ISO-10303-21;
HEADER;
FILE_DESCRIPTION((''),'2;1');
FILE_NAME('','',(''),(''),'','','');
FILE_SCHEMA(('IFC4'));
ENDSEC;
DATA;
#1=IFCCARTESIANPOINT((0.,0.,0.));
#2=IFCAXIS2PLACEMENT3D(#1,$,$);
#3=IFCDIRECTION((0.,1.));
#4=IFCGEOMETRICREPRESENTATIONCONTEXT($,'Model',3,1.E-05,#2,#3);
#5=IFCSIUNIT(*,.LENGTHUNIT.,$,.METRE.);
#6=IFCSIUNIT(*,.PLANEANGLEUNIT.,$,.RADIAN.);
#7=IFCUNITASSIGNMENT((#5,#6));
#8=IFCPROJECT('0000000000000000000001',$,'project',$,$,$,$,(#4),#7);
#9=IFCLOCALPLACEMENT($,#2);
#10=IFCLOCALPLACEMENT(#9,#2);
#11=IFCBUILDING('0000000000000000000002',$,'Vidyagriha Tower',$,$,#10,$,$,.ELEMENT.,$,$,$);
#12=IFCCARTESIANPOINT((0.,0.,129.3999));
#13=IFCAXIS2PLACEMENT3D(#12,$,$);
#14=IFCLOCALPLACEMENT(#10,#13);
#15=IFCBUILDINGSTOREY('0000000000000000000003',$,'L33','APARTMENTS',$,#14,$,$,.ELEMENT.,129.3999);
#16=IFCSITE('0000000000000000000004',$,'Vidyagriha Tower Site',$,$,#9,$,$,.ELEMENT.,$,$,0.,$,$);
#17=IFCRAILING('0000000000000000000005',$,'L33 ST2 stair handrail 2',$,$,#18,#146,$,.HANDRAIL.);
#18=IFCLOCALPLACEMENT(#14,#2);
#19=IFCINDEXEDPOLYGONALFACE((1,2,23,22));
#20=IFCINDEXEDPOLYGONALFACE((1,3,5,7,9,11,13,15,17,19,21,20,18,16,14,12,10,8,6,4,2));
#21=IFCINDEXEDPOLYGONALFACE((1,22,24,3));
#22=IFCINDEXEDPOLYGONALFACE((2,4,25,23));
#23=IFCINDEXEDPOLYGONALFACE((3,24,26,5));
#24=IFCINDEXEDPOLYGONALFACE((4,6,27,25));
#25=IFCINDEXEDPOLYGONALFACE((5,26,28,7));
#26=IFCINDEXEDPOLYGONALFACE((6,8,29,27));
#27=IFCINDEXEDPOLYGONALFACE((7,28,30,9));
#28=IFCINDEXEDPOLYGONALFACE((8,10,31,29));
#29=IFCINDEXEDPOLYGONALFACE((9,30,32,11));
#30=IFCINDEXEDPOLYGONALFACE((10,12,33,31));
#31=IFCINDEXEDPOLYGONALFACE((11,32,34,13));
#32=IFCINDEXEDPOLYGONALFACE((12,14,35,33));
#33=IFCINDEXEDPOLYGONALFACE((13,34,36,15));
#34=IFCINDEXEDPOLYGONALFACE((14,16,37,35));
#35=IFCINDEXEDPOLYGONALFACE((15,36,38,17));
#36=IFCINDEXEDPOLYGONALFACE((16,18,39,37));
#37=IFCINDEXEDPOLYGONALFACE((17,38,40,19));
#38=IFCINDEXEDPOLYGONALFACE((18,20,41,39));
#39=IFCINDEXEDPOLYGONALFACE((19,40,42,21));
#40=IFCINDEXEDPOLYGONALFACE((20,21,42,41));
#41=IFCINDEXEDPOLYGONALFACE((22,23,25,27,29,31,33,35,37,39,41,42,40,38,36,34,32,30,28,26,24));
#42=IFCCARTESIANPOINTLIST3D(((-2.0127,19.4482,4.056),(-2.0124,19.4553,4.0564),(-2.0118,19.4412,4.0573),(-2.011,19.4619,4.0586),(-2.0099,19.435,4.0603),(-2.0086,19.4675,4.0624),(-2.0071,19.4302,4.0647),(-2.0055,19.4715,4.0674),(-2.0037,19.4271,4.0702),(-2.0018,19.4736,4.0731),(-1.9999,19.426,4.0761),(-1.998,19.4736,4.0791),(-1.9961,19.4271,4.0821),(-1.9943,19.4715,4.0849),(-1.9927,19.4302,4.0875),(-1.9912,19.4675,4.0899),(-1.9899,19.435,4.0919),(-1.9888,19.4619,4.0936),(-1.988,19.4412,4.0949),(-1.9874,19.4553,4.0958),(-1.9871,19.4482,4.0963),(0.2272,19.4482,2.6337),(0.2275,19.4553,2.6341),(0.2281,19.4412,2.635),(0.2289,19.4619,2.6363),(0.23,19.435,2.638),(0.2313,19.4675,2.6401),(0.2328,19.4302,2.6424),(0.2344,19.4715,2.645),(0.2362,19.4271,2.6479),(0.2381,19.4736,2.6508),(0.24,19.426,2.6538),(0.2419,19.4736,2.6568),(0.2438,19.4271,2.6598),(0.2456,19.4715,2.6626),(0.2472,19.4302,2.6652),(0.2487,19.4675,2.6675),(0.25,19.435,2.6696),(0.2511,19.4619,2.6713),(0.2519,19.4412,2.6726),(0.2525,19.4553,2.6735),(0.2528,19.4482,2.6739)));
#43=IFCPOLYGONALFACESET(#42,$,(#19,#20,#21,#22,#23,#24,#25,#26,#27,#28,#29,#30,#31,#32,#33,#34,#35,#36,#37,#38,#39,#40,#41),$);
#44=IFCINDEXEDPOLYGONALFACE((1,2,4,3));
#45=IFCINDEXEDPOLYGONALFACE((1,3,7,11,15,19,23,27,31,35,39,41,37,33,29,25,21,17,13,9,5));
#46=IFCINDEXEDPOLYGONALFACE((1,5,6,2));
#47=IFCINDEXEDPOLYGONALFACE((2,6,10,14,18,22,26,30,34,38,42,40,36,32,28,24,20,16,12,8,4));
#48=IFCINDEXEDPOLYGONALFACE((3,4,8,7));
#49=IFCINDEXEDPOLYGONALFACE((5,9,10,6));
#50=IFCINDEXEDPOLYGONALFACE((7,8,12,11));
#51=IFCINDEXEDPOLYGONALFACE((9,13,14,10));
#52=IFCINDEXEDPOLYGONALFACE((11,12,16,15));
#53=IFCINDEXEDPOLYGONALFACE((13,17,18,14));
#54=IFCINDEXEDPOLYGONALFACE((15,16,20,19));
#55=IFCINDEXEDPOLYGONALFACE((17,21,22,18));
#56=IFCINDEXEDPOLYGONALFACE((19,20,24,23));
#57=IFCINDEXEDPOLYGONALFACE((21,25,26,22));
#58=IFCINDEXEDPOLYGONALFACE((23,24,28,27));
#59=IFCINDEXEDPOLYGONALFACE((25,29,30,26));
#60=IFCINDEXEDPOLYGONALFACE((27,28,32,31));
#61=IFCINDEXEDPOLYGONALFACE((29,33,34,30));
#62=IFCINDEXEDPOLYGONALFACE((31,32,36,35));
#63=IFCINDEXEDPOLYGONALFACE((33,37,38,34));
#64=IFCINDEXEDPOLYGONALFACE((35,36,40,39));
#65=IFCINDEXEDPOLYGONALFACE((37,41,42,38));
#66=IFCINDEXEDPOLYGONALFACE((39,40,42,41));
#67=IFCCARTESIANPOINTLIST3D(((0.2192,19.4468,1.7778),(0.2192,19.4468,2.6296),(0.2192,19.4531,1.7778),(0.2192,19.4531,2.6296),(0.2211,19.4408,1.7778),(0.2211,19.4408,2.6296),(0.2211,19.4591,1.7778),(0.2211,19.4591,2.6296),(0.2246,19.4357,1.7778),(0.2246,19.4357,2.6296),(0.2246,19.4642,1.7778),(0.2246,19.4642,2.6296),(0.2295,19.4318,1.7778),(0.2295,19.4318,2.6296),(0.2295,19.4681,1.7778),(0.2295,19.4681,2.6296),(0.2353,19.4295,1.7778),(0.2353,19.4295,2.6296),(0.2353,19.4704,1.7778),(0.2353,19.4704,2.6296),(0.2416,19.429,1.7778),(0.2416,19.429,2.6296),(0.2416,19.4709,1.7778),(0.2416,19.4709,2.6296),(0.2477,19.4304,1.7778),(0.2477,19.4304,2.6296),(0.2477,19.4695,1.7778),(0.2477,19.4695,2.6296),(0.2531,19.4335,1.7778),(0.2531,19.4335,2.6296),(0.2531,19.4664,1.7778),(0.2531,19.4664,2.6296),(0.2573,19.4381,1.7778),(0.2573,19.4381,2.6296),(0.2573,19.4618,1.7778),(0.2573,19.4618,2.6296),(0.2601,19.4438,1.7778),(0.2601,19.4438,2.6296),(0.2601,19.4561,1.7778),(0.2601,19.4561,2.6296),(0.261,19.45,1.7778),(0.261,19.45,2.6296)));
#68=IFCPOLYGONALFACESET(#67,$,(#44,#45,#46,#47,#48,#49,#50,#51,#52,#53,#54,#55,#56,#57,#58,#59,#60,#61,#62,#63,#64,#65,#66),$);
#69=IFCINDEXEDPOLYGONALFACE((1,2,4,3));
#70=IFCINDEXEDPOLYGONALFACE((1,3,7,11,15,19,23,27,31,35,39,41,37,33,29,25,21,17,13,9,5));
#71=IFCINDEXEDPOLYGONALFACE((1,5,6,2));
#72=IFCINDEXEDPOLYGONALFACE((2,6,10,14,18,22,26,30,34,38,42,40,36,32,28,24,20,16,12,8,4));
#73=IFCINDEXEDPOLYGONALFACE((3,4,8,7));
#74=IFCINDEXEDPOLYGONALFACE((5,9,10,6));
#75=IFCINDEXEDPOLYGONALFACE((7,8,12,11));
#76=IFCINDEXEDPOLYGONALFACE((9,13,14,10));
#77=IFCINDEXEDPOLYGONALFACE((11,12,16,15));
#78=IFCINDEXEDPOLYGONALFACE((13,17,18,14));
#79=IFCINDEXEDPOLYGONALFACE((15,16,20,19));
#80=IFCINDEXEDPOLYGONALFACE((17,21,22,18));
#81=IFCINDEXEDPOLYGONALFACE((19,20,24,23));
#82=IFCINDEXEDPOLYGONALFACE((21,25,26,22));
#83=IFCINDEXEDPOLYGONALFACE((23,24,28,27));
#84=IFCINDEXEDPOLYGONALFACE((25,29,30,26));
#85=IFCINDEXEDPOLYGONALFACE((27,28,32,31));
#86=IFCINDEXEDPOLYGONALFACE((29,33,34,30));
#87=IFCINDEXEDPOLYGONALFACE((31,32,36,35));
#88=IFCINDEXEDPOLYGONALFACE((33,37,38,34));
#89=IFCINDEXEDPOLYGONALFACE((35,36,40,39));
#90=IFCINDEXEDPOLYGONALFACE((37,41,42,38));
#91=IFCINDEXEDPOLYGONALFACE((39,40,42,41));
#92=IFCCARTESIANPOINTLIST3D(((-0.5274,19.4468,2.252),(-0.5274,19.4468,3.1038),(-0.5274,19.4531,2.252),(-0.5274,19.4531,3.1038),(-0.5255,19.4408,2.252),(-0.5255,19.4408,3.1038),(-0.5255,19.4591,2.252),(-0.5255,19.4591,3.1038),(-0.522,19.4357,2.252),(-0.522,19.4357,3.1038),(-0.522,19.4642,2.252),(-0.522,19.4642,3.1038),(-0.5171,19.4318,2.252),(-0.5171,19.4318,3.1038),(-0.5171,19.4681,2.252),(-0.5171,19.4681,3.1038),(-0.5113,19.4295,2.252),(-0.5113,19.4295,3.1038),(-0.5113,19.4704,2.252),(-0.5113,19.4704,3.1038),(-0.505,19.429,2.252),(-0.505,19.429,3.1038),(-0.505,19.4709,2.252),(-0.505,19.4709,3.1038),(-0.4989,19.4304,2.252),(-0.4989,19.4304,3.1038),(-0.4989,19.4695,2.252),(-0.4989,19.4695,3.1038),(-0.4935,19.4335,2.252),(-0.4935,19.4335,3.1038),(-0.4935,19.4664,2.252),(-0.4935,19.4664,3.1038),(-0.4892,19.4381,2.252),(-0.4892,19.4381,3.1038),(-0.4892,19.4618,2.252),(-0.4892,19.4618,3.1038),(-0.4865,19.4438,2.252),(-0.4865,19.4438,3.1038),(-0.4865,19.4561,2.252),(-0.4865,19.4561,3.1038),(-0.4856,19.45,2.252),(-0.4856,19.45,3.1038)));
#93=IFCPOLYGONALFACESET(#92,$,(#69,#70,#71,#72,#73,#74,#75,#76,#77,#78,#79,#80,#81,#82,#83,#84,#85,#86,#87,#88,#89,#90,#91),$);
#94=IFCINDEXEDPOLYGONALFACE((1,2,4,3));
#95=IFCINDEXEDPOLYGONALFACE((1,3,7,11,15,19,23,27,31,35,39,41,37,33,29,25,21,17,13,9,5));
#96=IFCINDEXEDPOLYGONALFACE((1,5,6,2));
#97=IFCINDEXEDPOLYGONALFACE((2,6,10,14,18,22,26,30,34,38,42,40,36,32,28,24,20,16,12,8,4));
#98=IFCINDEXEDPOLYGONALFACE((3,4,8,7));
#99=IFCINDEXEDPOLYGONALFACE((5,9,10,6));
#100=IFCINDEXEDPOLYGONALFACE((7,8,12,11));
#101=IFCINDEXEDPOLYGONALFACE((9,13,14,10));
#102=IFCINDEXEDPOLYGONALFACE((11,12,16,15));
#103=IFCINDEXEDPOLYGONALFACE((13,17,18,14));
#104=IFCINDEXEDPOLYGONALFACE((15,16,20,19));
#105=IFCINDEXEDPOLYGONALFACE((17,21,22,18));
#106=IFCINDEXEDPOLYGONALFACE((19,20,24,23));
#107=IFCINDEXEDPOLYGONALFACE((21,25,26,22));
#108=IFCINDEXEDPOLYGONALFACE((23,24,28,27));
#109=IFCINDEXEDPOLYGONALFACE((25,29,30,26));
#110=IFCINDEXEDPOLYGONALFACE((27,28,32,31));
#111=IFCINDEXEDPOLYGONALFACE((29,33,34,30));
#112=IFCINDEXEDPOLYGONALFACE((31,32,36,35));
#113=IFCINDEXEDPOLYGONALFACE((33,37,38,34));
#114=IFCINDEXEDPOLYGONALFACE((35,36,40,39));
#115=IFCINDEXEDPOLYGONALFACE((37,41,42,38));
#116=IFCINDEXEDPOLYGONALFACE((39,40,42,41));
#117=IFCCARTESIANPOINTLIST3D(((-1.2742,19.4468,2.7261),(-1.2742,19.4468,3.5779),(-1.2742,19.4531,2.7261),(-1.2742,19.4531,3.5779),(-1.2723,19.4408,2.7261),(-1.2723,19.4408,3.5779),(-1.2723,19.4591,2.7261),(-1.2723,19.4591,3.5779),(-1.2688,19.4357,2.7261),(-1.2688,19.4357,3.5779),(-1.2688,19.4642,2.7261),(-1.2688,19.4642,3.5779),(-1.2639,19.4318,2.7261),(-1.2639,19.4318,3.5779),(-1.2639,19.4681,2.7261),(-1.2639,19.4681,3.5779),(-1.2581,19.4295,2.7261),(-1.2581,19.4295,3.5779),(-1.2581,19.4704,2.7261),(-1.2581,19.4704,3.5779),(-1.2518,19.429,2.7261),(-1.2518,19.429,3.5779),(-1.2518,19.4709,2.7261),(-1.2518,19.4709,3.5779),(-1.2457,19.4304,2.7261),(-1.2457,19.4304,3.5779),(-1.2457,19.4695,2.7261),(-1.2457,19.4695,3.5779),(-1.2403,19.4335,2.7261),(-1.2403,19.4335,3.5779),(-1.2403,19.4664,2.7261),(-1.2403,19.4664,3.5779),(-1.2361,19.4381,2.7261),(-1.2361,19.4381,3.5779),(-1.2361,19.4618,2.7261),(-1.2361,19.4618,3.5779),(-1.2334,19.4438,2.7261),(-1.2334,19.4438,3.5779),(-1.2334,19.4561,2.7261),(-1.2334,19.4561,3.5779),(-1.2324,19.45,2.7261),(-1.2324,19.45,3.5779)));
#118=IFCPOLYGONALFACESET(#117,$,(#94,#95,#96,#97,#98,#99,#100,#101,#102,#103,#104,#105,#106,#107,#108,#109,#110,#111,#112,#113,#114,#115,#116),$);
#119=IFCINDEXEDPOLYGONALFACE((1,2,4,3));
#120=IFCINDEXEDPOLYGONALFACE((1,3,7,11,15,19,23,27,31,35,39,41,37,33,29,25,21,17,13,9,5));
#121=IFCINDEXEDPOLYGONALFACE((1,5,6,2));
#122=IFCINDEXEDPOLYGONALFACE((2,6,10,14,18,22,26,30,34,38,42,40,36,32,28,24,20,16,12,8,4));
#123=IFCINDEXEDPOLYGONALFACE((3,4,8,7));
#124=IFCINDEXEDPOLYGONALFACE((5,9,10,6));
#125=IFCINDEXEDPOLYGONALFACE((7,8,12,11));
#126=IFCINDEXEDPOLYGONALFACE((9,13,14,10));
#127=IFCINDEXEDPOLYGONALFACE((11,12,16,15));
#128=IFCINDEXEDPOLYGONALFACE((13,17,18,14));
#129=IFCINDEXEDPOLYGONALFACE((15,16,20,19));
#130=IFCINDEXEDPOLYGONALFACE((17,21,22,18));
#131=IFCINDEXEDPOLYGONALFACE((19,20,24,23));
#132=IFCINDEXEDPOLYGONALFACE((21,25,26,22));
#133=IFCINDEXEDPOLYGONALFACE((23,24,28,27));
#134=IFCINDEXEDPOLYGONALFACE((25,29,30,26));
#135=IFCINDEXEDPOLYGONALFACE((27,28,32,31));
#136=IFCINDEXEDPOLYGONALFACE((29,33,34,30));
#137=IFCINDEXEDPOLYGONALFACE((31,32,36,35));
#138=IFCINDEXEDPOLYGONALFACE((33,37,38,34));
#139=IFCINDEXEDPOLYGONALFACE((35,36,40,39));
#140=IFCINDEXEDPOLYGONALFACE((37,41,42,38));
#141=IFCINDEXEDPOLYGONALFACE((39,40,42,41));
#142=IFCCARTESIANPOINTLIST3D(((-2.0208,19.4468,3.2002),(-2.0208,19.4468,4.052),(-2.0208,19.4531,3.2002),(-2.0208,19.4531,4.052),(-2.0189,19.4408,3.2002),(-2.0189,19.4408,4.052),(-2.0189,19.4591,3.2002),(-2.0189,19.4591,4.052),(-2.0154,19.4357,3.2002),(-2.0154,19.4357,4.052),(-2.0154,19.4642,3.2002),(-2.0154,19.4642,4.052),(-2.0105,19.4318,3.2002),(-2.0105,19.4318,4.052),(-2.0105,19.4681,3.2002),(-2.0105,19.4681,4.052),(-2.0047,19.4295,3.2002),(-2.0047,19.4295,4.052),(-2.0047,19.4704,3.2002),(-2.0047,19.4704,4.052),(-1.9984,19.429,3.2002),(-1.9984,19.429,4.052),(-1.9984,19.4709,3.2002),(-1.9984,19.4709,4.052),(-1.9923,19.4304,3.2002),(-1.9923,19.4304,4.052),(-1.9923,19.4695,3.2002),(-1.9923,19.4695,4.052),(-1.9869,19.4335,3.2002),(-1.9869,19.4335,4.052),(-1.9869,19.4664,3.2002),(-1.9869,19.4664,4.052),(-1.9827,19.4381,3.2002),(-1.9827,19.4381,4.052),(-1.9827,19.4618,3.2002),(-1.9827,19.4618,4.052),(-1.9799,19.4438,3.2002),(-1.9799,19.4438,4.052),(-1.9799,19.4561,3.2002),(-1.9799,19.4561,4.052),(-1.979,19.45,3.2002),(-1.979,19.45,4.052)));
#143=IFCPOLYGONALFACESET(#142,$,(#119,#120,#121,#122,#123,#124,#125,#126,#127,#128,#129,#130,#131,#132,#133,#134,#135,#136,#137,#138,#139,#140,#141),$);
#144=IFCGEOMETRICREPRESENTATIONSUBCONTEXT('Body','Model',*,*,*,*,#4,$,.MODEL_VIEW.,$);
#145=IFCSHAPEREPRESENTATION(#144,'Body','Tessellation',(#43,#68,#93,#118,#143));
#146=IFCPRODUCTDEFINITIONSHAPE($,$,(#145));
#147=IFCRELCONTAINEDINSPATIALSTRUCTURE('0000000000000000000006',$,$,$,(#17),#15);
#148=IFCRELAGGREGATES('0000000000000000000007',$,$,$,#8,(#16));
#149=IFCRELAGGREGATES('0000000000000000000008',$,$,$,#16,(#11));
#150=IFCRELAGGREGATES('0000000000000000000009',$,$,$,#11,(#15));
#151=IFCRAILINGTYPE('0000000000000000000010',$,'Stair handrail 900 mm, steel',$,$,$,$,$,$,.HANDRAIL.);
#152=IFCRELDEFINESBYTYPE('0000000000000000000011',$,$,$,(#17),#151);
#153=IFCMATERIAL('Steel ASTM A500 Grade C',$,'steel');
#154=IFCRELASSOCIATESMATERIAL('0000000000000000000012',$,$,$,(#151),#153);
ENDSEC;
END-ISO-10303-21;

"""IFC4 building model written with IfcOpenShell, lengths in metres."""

from ifc_helpers import new_model, si_unit, direction, frame, origin, origin_2d, place, context, subcontext, project, spatial, circle, extrude, material, type_object, element, save


model = new_model("IFC4")

# Units and contexts
model_context = context("Model", 3, precision=1e-05, world=origin(), true_north=direction((0.0, 1.0)))
body_context = subcontext(model_context, "Body", "Model", "MODEL_VIEW")
ifc_project = project(units=[si_unit("LENGTHUNIT", "METRE"), si_unit("PLANEANGLEUNIT", "RADIAN")], contexts=[model_context])

# Site, building, storey
site_placement = place(None, origin())
site = spatial("IfcSite", under=ifc_project, at=site_placement, Name="Vidyagriha Tower Site", CompositionType="ELEMENT", RefElevation=0.0)
building_placement = place(site_placement, origin())
building = spatial("IfcBuilding", under=site, at=building_placement, Name="Vidyagriha Tower", CompositionType="ELEMENT")
storey_placement = place(building_placement, frame((0.0, 0.0, 129.3999)))
storey = spatial("IfcBuildingStorey", under=building, at=storey_placement, Name="L33", Description="APARTMENTS", CompositionType="ELEMENT", Elevation=129.3999)

# Railing
ifc_material_1 = material(Name="Steel ASTM A500 Grade C", Category="steel")
railing_type_1 = type_object("IfcRailingType", Name="Stair handrail 900 mm, steel", PredefinedType="HANDRAIL", material=ifc_material_1)
railing_1_placement = place(storey_placement, frame((0.24, 19.45, 1.7778)))
element("IfcRailing", 1, at=railing_1_placement, inside=storey, type_object=railing_type_1, Name="L33 ST2 stair handrail 2", PredefinedType="HANDRAIL", context=body_context, shape_type="SweptSolid", body=[
    extrude(circle(Radius=0.0239, at=origin_2d()), frame((0.0, 0.0, 0.876), z_axis=(-0.844188, 0.0, 0.536048), x_axis=(0.0, -1.0, 0.0)), (0.0, 0.0, 1.0), 2.6533),
    extrude(circle(Radius=0.021, at=origin_2d()), origin(), (0.0, 0.0, 1.0), 0.8518),
    extrude(circle(Radius=0.021, at=origin_2d()), frame((-0.7466, 0.0, 0.4741)), (0.0, 0.0, 1.0), 0.8518),
    extrude(circle(Radius=0.021, at=origin_2d()), frame((-1.4934, 0.0, 0.9482)), (0.0, 0.0, 1.0), 0.8518),
    extrude(circle(Radius=0.021, at=origin_2d()), frame((-2.24, 0.0, 1.4224)), (0.0, 0.0, 1.0), 0.8518),
])

save(model, "model.ifc")
